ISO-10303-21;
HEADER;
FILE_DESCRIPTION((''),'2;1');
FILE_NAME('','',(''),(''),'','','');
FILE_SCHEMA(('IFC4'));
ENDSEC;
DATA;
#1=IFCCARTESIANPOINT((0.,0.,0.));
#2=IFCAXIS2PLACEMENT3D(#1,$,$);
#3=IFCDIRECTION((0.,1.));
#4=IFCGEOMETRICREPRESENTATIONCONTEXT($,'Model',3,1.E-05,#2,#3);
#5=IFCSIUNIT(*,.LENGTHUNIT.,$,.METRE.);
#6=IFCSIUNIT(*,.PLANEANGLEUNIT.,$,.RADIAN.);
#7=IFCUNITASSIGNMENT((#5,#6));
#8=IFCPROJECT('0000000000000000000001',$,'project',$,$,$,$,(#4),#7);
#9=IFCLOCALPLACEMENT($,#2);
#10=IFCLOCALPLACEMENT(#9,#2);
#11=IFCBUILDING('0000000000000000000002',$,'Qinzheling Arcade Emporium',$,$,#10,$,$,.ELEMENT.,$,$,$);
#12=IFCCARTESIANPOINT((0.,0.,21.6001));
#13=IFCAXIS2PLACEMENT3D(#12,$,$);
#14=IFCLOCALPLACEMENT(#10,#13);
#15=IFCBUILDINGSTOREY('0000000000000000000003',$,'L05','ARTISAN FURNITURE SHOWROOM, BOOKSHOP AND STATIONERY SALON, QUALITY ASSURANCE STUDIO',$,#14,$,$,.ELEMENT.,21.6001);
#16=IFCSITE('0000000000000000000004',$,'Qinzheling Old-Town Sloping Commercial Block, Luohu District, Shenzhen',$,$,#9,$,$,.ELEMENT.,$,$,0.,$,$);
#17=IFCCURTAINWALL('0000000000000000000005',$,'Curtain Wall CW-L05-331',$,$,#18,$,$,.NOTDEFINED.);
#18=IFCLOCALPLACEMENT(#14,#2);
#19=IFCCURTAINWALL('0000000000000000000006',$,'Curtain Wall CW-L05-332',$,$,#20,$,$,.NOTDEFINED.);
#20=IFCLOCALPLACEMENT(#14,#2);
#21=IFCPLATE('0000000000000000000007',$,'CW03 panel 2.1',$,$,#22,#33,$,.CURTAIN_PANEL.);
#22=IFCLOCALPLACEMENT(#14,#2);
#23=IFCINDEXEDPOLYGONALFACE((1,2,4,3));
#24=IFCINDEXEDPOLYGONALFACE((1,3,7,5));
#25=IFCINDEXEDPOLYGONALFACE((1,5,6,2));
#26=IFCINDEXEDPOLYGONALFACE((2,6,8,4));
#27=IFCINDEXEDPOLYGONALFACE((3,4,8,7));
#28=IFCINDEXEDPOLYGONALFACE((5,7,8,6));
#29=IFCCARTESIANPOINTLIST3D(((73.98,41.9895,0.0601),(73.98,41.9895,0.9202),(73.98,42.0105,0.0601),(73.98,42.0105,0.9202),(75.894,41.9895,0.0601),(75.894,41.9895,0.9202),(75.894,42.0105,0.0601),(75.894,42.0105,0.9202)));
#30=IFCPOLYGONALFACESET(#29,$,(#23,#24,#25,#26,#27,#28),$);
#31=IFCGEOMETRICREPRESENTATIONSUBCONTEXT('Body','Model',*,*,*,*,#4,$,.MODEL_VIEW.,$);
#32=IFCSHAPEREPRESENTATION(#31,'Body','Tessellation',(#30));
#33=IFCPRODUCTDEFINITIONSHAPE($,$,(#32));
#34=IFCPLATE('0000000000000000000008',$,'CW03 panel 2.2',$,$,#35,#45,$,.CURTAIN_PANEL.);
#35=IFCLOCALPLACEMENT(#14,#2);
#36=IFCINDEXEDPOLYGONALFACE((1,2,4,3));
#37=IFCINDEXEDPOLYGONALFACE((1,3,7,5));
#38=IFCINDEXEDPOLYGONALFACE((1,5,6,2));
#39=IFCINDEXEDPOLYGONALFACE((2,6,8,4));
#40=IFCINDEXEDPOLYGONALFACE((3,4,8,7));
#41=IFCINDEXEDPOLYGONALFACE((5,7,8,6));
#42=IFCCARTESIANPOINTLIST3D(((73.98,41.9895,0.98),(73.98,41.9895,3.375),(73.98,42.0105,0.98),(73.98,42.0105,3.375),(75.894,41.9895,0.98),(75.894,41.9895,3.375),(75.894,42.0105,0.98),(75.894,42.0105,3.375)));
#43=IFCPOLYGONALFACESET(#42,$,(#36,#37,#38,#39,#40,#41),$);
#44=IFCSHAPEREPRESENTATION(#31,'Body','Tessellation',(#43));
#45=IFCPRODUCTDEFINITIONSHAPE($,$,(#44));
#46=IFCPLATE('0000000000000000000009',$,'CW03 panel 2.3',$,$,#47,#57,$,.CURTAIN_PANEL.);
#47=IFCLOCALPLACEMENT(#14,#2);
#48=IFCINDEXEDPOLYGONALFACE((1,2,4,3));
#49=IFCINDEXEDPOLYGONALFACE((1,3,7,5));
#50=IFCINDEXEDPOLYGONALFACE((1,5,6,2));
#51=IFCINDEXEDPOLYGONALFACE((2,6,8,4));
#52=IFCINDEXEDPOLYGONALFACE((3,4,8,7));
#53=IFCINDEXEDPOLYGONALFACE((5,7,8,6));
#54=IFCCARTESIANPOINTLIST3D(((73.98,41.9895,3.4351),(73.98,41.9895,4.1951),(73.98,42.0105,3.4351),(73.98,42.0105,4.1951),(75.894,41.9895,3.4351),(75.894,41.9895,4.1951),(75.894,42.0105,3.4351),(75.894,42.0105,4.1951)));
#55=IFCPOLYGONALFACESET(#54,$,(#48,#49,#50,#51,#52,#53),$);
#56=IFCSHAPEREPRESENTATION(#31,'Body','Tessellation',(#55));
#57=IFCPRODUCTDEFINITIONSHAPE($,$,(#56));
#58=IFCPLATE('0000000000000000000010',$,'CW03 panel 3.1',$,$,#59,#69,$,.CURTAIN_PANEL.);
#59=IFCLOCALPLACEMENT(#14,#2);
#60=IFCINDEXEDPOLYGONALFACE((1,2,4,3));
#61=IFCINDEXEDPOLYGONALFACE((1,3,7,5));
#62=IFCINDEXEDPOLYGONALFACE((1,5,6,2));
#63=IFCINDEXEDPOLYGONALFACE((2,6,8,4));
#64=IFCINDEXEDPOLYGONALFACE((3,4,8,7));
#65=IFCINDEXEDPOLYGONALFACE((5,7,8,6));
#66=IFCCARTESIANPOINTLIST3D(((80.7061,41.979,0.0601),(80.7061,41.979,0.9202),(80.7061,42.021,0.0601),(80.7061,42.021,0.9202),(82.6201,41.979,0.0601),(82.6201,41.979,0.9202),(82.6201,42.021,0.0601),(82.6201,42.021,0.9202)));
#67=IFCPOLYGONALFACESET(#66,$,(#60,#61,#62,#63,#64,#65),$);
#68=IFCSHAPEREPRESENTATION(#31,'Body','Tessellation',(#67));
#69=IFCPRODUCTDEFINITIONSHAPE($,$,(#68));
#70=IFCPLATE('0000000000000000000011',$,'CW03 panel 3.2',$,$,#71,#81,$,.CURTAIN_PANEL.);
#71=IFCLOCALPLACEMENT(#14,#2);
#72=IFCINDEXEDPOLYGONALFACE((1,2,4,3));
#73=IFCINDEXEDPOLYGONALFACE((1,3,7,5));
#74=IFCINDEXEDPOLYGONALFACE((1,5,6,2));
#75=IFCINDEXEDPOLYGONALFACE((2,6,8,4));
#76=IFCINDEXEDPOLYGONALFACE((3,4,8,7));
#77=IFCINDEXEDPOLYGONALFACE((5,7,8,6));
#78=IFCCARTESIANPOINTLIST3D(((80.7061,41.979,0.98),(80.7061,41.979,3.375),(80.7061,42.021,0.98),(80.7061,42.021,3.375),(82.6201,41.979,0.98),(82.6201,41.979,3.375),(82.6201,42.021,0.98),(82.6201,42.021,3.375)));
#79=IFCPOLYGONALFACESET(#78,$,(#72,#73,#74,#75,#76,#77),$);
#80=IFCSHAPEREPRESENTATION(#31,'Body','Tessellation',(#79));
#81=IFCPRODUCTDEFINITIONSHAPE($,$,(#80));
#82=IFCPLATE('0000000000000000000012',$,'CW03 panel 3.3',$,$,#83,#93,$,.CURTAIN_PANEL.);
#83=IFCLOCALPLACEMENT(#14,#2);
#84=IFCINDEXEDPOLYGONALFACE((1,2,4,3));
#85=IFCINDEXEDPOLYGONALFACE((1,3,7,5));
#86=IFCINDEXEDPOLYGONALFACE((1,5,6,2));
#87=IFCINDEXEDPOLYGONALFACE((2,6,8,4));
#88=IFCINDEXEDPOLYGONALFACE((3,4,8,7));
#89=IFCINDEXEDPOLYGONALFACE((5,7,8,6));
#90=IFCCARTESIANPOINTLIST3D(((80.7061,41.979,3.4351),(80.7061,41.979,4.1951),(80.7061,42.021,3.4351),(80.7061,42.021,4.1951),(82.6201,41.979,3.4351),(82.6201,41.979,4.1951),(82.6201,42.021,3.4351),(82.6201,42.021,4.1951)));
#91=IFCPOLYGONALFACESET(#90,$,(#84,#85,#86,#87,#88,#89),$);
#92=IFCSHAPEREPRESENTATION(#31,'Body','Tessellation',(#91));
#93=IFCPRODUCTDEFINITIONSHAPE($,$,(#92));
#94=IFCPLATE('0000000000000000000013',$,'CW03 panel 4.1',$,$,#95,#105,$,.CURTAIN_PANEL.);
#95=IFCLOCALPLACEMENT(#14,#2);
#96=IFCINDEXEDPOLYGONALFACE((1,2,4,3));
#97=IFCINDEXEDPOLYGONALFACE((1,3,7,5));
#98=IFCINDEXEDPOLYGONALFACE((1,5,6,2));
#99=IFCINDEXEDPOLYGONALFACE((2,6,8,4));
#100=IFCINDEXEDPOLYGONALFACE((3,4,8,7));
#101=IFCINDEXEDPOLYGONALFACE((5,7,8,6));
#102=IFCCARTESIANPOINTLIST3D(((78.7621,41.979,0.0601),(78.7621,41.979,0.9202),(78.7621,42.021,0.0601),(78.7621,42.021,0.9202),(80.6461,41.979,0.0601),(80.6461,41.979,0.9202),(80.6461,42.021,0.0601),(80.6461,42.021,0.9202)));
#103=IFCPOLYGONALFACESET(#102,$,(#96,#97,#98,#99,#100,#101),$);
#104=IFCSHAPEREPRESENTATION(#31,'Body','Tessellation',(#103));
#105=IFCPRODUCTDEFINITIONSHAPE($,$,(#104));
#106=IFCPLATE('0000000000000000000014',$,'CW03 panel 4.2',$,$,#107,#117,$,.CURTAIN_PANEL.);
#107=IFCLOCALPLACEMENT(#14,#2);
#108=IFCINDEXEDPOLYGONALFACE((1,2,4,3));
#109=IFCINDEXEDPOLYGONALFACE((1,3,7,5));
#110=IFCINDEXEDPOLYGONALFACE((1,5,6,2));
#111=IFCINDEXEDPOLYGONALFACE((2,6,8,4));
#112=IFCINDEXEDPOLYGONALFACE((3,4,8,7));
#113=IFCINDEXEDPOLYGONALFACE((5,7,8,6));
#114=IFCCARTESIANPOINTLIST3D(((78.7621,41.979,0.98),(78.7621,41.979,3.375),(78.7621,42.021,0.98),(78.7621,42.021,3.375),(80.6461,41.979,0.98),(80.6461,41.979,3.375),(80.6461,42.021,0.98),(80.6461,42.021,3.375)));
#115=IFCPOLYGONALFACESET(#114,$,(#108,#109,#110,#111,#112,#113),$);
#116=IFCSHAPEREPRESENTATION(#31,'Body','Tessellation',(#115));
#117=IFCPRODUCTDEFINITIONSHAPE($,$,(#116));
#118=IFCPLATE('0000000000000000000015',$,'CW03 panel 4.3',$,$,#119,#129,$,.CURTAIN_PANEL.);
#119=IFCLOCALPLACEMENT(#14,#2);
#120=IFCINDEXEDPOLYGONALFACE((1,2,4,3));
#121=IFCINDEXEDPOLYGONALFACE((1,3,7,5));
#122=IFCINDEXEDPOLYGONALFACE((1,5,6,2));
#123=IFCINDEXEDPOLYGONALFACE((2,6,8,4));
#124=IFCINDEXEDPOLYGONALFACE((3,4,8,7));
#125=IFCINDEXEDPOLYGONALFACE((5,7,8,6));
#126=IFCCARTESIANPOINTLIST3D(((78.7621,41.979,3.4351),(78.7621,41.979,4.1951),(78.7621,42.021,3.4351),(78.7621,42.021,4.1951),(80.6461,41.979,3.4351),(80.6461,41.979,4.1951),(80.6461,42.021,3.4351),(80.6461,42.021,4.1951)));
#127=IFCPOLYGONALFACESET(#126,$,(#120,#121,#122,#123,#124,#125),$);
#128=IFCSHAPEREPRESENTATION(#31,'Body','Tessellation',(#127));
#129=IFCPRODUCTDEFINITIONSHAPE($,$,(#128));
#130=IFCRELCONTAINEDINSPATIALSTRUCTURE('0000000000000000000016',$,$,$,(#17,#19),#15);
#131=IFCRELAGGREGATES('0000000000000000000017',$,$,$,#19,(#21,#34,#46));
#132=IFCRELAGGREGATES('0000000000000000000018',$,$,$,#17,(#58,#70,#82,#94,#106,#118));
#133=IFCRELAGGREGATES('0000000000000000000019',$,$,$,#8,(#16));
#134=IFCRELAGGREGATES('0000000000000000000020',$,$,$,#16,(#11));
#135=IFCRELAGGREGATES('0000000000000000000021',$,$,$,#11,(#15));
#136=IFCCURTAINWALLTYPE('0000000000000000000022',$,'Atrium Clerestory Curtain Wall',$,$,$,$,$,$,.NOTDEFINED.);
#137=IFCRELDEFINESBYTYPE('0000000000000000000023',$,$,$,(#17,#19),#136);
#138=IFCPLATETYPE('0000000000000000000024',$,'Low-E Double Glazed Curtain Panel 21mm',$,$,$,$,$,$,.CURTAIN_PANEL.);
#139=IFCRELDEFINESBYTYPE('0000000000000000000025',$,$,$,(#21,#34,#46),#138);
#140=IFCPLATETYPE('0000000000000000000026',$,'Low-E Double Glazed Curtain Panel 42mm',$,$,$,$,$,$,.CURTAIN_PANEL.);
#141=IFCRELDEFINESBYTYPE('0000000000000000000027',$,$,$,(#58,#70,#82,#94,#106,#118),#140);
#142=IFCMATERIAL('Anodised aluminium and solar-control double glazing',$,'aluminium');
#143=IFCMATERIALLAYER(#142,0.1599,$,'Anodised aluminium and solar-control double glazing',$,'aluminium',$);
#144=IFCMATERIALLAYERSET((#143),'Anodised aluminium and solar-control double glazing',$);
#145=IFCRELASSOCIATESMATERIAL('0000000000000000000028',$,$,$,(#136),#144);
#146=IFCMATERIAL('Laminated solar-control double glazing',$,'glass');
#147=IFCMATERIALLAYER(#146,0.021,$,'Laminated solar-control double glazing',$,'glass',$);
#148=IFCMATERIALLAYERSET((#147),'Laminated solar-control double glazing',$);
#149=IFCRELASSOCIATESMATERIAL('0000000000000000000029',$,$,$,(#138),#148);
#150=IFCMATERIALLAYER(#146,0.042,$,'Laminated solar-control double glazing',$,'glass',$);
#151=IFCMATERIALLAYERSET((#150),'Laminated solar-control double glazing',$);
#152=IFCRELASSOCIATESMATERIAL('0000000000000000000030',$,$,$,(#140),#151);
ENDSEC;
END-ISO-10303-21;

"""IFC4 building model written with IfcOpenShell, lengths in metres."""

from ifc_helpers import new_model, si_unit, direction, frame, origin, origin_2d, place, context, subcontext, project, spatial, rectangle, extrude, material, layer, layer_set, type_object, element, aggregate, save


model = new_model("IFC4")

# Units and contexts
model_context = context("Model", 3, precision=1e-05, world=origin(), true_north=direction((0.0, 1.0)))
body_context = subcontext(model_context, "Body", "Model", "MODEL_VIEW")
ifc_project = project(units=[si_unit("LENGTHUNIT", "METRE"), si_unit("PLANEANGLEUNIT", "RADIAN")], contexts=[model_context])

# Site, building, storey
site_placement = place(None, origin())
site = spatial("IfcSite", under=ifc_project, at=site_placement, Name="Qinzheling Old-Town Sloping Commercial Block, Luohu District, Shenzhen", CompositionType="ELEMENT", RefElevation=0.0)
building_placement = place(site_placement, origin())
building = spatial("IfcBuilding", under=site, at=building_placement, Name="Qinzheling Arcade Emporium", CompositionType="ELEMENT")
storey_placement = place(building_placement, frame((0.0, 0.0, 21.6001)))
storey = spatial("IfcBuildingStorey", under=building, at=storey_placement, Name="L05", Description="ARTISAN FURNITURE SHOWROOM, BOOKSHOP AND STATIONERY SALON, QUALITY ASSURANCE STUDIO", CompositionType="ELEMENT", Elevation=21.6001)

# Curtain walls
ifc_material_1 = material(Name="Anodised aluminium and solar-control double glazing", Category="aluminium")
ifc_layer_1 = layer(ifc_material_1, 0.1599, Name="Anodised aluminium and solar-control double glazing", Category="aluminium")
ifc_layer_set_1 = layer_set([ifc_layer_1], Name="Anodised aluminium and solar-control double glazing")
curtain_wall_type = type_object("IfcCurtainWallType", Name="Atrium Clerestory Curtain Wall", PredefinedType="NOTDEFINED", material=ifc_layer_set_1)
curtain_wall_1_placement = place(storey_placement, origin())
curtain_wall_1 = element("IfcCurtainWall", 1, at=curtain_wall_1_placement, inside=storey, type_object=curtain_wall_type, Name="Curtain Wall CW-L05-331", PredefinedType="NOTDEFINED")
curtain_wall_2_placement = place(storey_placement, origin())
curtain_wall_2 = element("IfcCurtainWall", 2, at=curtain_wall_2_placement, inside=storey, type_object=curtain_wall_type, Name="Curtain Wall CW-L05-332", PredefinedType="NOTDEFINED")

# Plates
ifc_material_2 = material(Name="Laminated solar-control double glazing", Category="glass")
ifc_layer_2 = layer(ifc_material_2, 0.021, Name="Laminated solar-control double glazing", Category="glass")
ifc_layer_set_2 = layer_set([ifc_layer_2], Name="Laminated solar-control double glazing")
plate_type_1 = type_object("IfcPlateType", Name="Low-E Double Glazed Curtain Panel 21mm", PredefinedType="CURTAIN_PANEL", material=ifc_layer_set_2)
plate_1_placement = place(storey_placement, frame((74.937, 42.0, 0.0601), z_axis=(0.0, 0.0, 1.0), x_axis=(-1.0, 0.0, 0.0)))
plate_1 = element("IfcPlate", 3, at=plate_1_placement, type_object=plate_type_1, Name="CW03 panel 2.1", PredefinedType="CURTAIN_PANEL", context=body_context, shape_type="SweptSolid", body=[
    extrude(rectangle(XDim=1.9141, YDim=0.021, at=origin_2d()), origin(), (0.0, 0.0, 1.0), 0.8601),
])
plate_2_placement = place(storey_placement, frame((74.937, 42.0, 0.98), z_axis=(0.0, 0.0, 1.0), x_axis=(-1.0, 0.0, 0.0)))
plate_2 = element("IfcPlate", 4, at=plate_2_placement, type_object=plate_type_1, Name="CW03 panel 2.2", PredefinedType="CURTAIN_PANEL", context=body_context, shape_type="SweptSolid", body=[
    extrude(rectangle(XDim=1.9141, YDim=0.021, at=origin_2d()), origin(), (0.0, 0.0, 1.0), 2.395),
])
plate_3_placement = place(storey_placement, frame((74.937, 42.0, 3.4351), z_axis=(0.0, 0.0, 1.0), x_axis=(-1.0, 0.0, 0.0)))
plate_3 = element("IfcPlate", 5, at=plate_3_placement, type_object=plate_type_1, Name="CW03 panel 2.3", PredefinedType="CURTAIN_PANEL", context=body_context, shape_type="SweptSolid", body=[
    extrude(rectangle(XDim=1.9141, YDim=0.021, at=origin_2d()), origin(), (0.0, 0.0, 1.0), 0.76),
])
aggregate(curtain_wall_2, [plate_1, plate_2, plate_3])
ifc_layer_3 = layer(ifc_material_2, 0.042, Name="Laminated solar-control double glazing", Category="glass")
ifc_layer_set_3 = layer_set([ifc_layer_3], Name="Laminated solar-control double glazing")
plate_type_2 = type_object("IfcPlateType", Name="Low-E Double Glazed Curtain Panel 42mm", PredefinedType="CURTAIN_PANEL", material=ifc_layer_set_3)
plate_4_placement = place(storey_placement, frame((81.6631, 42.0, 0.0601), z_axis=(0.0, 0.0, 1.0), x_axis=(-1.0, 0.0, 0.0)))
plate_4 = element("IfcPlate", 6, at=plate_4_placement, type_object=plate_type_2, Name="CW03 panel 3.1", PredefinedType="CURTAIN_PANEL", context=body_context, shape_type="SweptSolid", body=[
    extrude(rectangle(XDim=1.9141, YDim=0.042, at=origin_2d()), origin(), (0.0, 0.0, 1.0), 0.8601),
])
plate_5_placement = place(storey_placement, frame((81.6631, 42.0, 0.98), z_axis=(0.0, 0.0, 1.0), x_axis=(-1.0, 0.0, 0.0)))
plate_5 = element("IfcPlate", 7, at=plate_5_placement, type_object=plate_type_2, Name="CW03 panel 3.2", PredefinedType="CURTAIN_PANEL", context=body_context, shape_type="SweptSolid", body=[
    extrude(rectangle(XDim=1.9141, YDim=0.042, at=origin_2d()), origin(), (0.0, 0.0, 1.0), 2.395),
])
plate_6_placement = place(storey_placement, frame((81.6631, 42.0, 3.4351), z_axis=(0.0, 0.0, 1.0), x_axis=(-1.0, 0.0, 0.0)))
plate_6 = element("IfcPlate", 8, at=plate_6_placement, type_object=plate_type_2, Name="CW03 panel 3.3", PredefinedType="CURTAIN_PANEL", context=body_context, shape_type="SweptSolid", body=[
    extrude(rectangle(XDim=1.9141, YDim=0.042, at=origin_2d()), origin(), (0.0, 0.0, 1.0), 0.76),
])
plate_7_placement = place(storey_placement, frame((79.7041, 42.0, 0.0601), z_axis=(0.0, 0.0, 1.0), x_axis=(-1.0, 0.0, 0.0)))
plate_7 = element("IfcPlate", 9, at=plate_7_placement, type_object=plate_type_2, Name="CW03 panel 4.1", PredefinedType="CURTAIN_PANEL", context=body_context, shape_type="SweptSolid", body=[
    extrude(rectangle(XDim=1.884, YDim=0.042, at=origin_2d()), origin(), (0.0, 0.0, 1.0), 0.8601),
])
plate_8_placement = place(storey_placement, frame((79.7041, 42.0, 0.98), z_axis=(0.0, 0.0, 1.0), x_axis=(-1.0, 0.0, 0.0)))
plate_8 = element("IfcPlate", 10, at=plate_8_placement, type_object=plate_type_2, Name="CW03 panel 4.2", PredefinedType="CURTAIN_PANEL", context=body_context, shape_type="SweptSolid", body=[
    extrude(rectangle(XDim=1.884, YDim=0.042, at=origin_2d()), origin(), (0.0, 0.0, 1.0), 2.395),
])
plate_9_placement = place(storey_placement, frame((79.7041, 42.0, 3.4351), z_axis=(0.0, 0.0, 1.0), x_axis=(-1.0, 0.0, 0.0)))
plate_9 = element("IfcPlate", 11, at=plate_9_placement, type_object=plate_type_2, Name="CW03 panel 4.3", PredefinedType="CURTAIN_PANEL", context=body_context, shape_type="SweptSolid", body=[
    extrude(rectangle(XDim=1.884, YDim=0.042, at=origin_2d()), origin(), (0.0, 0.0, 1.0), 0.76),
])
aggregate(curtain_wall_1, [plate_4, plate_5, plate_6, plate_7, plate_8, plate_9])

save(model, "model.ifc")
